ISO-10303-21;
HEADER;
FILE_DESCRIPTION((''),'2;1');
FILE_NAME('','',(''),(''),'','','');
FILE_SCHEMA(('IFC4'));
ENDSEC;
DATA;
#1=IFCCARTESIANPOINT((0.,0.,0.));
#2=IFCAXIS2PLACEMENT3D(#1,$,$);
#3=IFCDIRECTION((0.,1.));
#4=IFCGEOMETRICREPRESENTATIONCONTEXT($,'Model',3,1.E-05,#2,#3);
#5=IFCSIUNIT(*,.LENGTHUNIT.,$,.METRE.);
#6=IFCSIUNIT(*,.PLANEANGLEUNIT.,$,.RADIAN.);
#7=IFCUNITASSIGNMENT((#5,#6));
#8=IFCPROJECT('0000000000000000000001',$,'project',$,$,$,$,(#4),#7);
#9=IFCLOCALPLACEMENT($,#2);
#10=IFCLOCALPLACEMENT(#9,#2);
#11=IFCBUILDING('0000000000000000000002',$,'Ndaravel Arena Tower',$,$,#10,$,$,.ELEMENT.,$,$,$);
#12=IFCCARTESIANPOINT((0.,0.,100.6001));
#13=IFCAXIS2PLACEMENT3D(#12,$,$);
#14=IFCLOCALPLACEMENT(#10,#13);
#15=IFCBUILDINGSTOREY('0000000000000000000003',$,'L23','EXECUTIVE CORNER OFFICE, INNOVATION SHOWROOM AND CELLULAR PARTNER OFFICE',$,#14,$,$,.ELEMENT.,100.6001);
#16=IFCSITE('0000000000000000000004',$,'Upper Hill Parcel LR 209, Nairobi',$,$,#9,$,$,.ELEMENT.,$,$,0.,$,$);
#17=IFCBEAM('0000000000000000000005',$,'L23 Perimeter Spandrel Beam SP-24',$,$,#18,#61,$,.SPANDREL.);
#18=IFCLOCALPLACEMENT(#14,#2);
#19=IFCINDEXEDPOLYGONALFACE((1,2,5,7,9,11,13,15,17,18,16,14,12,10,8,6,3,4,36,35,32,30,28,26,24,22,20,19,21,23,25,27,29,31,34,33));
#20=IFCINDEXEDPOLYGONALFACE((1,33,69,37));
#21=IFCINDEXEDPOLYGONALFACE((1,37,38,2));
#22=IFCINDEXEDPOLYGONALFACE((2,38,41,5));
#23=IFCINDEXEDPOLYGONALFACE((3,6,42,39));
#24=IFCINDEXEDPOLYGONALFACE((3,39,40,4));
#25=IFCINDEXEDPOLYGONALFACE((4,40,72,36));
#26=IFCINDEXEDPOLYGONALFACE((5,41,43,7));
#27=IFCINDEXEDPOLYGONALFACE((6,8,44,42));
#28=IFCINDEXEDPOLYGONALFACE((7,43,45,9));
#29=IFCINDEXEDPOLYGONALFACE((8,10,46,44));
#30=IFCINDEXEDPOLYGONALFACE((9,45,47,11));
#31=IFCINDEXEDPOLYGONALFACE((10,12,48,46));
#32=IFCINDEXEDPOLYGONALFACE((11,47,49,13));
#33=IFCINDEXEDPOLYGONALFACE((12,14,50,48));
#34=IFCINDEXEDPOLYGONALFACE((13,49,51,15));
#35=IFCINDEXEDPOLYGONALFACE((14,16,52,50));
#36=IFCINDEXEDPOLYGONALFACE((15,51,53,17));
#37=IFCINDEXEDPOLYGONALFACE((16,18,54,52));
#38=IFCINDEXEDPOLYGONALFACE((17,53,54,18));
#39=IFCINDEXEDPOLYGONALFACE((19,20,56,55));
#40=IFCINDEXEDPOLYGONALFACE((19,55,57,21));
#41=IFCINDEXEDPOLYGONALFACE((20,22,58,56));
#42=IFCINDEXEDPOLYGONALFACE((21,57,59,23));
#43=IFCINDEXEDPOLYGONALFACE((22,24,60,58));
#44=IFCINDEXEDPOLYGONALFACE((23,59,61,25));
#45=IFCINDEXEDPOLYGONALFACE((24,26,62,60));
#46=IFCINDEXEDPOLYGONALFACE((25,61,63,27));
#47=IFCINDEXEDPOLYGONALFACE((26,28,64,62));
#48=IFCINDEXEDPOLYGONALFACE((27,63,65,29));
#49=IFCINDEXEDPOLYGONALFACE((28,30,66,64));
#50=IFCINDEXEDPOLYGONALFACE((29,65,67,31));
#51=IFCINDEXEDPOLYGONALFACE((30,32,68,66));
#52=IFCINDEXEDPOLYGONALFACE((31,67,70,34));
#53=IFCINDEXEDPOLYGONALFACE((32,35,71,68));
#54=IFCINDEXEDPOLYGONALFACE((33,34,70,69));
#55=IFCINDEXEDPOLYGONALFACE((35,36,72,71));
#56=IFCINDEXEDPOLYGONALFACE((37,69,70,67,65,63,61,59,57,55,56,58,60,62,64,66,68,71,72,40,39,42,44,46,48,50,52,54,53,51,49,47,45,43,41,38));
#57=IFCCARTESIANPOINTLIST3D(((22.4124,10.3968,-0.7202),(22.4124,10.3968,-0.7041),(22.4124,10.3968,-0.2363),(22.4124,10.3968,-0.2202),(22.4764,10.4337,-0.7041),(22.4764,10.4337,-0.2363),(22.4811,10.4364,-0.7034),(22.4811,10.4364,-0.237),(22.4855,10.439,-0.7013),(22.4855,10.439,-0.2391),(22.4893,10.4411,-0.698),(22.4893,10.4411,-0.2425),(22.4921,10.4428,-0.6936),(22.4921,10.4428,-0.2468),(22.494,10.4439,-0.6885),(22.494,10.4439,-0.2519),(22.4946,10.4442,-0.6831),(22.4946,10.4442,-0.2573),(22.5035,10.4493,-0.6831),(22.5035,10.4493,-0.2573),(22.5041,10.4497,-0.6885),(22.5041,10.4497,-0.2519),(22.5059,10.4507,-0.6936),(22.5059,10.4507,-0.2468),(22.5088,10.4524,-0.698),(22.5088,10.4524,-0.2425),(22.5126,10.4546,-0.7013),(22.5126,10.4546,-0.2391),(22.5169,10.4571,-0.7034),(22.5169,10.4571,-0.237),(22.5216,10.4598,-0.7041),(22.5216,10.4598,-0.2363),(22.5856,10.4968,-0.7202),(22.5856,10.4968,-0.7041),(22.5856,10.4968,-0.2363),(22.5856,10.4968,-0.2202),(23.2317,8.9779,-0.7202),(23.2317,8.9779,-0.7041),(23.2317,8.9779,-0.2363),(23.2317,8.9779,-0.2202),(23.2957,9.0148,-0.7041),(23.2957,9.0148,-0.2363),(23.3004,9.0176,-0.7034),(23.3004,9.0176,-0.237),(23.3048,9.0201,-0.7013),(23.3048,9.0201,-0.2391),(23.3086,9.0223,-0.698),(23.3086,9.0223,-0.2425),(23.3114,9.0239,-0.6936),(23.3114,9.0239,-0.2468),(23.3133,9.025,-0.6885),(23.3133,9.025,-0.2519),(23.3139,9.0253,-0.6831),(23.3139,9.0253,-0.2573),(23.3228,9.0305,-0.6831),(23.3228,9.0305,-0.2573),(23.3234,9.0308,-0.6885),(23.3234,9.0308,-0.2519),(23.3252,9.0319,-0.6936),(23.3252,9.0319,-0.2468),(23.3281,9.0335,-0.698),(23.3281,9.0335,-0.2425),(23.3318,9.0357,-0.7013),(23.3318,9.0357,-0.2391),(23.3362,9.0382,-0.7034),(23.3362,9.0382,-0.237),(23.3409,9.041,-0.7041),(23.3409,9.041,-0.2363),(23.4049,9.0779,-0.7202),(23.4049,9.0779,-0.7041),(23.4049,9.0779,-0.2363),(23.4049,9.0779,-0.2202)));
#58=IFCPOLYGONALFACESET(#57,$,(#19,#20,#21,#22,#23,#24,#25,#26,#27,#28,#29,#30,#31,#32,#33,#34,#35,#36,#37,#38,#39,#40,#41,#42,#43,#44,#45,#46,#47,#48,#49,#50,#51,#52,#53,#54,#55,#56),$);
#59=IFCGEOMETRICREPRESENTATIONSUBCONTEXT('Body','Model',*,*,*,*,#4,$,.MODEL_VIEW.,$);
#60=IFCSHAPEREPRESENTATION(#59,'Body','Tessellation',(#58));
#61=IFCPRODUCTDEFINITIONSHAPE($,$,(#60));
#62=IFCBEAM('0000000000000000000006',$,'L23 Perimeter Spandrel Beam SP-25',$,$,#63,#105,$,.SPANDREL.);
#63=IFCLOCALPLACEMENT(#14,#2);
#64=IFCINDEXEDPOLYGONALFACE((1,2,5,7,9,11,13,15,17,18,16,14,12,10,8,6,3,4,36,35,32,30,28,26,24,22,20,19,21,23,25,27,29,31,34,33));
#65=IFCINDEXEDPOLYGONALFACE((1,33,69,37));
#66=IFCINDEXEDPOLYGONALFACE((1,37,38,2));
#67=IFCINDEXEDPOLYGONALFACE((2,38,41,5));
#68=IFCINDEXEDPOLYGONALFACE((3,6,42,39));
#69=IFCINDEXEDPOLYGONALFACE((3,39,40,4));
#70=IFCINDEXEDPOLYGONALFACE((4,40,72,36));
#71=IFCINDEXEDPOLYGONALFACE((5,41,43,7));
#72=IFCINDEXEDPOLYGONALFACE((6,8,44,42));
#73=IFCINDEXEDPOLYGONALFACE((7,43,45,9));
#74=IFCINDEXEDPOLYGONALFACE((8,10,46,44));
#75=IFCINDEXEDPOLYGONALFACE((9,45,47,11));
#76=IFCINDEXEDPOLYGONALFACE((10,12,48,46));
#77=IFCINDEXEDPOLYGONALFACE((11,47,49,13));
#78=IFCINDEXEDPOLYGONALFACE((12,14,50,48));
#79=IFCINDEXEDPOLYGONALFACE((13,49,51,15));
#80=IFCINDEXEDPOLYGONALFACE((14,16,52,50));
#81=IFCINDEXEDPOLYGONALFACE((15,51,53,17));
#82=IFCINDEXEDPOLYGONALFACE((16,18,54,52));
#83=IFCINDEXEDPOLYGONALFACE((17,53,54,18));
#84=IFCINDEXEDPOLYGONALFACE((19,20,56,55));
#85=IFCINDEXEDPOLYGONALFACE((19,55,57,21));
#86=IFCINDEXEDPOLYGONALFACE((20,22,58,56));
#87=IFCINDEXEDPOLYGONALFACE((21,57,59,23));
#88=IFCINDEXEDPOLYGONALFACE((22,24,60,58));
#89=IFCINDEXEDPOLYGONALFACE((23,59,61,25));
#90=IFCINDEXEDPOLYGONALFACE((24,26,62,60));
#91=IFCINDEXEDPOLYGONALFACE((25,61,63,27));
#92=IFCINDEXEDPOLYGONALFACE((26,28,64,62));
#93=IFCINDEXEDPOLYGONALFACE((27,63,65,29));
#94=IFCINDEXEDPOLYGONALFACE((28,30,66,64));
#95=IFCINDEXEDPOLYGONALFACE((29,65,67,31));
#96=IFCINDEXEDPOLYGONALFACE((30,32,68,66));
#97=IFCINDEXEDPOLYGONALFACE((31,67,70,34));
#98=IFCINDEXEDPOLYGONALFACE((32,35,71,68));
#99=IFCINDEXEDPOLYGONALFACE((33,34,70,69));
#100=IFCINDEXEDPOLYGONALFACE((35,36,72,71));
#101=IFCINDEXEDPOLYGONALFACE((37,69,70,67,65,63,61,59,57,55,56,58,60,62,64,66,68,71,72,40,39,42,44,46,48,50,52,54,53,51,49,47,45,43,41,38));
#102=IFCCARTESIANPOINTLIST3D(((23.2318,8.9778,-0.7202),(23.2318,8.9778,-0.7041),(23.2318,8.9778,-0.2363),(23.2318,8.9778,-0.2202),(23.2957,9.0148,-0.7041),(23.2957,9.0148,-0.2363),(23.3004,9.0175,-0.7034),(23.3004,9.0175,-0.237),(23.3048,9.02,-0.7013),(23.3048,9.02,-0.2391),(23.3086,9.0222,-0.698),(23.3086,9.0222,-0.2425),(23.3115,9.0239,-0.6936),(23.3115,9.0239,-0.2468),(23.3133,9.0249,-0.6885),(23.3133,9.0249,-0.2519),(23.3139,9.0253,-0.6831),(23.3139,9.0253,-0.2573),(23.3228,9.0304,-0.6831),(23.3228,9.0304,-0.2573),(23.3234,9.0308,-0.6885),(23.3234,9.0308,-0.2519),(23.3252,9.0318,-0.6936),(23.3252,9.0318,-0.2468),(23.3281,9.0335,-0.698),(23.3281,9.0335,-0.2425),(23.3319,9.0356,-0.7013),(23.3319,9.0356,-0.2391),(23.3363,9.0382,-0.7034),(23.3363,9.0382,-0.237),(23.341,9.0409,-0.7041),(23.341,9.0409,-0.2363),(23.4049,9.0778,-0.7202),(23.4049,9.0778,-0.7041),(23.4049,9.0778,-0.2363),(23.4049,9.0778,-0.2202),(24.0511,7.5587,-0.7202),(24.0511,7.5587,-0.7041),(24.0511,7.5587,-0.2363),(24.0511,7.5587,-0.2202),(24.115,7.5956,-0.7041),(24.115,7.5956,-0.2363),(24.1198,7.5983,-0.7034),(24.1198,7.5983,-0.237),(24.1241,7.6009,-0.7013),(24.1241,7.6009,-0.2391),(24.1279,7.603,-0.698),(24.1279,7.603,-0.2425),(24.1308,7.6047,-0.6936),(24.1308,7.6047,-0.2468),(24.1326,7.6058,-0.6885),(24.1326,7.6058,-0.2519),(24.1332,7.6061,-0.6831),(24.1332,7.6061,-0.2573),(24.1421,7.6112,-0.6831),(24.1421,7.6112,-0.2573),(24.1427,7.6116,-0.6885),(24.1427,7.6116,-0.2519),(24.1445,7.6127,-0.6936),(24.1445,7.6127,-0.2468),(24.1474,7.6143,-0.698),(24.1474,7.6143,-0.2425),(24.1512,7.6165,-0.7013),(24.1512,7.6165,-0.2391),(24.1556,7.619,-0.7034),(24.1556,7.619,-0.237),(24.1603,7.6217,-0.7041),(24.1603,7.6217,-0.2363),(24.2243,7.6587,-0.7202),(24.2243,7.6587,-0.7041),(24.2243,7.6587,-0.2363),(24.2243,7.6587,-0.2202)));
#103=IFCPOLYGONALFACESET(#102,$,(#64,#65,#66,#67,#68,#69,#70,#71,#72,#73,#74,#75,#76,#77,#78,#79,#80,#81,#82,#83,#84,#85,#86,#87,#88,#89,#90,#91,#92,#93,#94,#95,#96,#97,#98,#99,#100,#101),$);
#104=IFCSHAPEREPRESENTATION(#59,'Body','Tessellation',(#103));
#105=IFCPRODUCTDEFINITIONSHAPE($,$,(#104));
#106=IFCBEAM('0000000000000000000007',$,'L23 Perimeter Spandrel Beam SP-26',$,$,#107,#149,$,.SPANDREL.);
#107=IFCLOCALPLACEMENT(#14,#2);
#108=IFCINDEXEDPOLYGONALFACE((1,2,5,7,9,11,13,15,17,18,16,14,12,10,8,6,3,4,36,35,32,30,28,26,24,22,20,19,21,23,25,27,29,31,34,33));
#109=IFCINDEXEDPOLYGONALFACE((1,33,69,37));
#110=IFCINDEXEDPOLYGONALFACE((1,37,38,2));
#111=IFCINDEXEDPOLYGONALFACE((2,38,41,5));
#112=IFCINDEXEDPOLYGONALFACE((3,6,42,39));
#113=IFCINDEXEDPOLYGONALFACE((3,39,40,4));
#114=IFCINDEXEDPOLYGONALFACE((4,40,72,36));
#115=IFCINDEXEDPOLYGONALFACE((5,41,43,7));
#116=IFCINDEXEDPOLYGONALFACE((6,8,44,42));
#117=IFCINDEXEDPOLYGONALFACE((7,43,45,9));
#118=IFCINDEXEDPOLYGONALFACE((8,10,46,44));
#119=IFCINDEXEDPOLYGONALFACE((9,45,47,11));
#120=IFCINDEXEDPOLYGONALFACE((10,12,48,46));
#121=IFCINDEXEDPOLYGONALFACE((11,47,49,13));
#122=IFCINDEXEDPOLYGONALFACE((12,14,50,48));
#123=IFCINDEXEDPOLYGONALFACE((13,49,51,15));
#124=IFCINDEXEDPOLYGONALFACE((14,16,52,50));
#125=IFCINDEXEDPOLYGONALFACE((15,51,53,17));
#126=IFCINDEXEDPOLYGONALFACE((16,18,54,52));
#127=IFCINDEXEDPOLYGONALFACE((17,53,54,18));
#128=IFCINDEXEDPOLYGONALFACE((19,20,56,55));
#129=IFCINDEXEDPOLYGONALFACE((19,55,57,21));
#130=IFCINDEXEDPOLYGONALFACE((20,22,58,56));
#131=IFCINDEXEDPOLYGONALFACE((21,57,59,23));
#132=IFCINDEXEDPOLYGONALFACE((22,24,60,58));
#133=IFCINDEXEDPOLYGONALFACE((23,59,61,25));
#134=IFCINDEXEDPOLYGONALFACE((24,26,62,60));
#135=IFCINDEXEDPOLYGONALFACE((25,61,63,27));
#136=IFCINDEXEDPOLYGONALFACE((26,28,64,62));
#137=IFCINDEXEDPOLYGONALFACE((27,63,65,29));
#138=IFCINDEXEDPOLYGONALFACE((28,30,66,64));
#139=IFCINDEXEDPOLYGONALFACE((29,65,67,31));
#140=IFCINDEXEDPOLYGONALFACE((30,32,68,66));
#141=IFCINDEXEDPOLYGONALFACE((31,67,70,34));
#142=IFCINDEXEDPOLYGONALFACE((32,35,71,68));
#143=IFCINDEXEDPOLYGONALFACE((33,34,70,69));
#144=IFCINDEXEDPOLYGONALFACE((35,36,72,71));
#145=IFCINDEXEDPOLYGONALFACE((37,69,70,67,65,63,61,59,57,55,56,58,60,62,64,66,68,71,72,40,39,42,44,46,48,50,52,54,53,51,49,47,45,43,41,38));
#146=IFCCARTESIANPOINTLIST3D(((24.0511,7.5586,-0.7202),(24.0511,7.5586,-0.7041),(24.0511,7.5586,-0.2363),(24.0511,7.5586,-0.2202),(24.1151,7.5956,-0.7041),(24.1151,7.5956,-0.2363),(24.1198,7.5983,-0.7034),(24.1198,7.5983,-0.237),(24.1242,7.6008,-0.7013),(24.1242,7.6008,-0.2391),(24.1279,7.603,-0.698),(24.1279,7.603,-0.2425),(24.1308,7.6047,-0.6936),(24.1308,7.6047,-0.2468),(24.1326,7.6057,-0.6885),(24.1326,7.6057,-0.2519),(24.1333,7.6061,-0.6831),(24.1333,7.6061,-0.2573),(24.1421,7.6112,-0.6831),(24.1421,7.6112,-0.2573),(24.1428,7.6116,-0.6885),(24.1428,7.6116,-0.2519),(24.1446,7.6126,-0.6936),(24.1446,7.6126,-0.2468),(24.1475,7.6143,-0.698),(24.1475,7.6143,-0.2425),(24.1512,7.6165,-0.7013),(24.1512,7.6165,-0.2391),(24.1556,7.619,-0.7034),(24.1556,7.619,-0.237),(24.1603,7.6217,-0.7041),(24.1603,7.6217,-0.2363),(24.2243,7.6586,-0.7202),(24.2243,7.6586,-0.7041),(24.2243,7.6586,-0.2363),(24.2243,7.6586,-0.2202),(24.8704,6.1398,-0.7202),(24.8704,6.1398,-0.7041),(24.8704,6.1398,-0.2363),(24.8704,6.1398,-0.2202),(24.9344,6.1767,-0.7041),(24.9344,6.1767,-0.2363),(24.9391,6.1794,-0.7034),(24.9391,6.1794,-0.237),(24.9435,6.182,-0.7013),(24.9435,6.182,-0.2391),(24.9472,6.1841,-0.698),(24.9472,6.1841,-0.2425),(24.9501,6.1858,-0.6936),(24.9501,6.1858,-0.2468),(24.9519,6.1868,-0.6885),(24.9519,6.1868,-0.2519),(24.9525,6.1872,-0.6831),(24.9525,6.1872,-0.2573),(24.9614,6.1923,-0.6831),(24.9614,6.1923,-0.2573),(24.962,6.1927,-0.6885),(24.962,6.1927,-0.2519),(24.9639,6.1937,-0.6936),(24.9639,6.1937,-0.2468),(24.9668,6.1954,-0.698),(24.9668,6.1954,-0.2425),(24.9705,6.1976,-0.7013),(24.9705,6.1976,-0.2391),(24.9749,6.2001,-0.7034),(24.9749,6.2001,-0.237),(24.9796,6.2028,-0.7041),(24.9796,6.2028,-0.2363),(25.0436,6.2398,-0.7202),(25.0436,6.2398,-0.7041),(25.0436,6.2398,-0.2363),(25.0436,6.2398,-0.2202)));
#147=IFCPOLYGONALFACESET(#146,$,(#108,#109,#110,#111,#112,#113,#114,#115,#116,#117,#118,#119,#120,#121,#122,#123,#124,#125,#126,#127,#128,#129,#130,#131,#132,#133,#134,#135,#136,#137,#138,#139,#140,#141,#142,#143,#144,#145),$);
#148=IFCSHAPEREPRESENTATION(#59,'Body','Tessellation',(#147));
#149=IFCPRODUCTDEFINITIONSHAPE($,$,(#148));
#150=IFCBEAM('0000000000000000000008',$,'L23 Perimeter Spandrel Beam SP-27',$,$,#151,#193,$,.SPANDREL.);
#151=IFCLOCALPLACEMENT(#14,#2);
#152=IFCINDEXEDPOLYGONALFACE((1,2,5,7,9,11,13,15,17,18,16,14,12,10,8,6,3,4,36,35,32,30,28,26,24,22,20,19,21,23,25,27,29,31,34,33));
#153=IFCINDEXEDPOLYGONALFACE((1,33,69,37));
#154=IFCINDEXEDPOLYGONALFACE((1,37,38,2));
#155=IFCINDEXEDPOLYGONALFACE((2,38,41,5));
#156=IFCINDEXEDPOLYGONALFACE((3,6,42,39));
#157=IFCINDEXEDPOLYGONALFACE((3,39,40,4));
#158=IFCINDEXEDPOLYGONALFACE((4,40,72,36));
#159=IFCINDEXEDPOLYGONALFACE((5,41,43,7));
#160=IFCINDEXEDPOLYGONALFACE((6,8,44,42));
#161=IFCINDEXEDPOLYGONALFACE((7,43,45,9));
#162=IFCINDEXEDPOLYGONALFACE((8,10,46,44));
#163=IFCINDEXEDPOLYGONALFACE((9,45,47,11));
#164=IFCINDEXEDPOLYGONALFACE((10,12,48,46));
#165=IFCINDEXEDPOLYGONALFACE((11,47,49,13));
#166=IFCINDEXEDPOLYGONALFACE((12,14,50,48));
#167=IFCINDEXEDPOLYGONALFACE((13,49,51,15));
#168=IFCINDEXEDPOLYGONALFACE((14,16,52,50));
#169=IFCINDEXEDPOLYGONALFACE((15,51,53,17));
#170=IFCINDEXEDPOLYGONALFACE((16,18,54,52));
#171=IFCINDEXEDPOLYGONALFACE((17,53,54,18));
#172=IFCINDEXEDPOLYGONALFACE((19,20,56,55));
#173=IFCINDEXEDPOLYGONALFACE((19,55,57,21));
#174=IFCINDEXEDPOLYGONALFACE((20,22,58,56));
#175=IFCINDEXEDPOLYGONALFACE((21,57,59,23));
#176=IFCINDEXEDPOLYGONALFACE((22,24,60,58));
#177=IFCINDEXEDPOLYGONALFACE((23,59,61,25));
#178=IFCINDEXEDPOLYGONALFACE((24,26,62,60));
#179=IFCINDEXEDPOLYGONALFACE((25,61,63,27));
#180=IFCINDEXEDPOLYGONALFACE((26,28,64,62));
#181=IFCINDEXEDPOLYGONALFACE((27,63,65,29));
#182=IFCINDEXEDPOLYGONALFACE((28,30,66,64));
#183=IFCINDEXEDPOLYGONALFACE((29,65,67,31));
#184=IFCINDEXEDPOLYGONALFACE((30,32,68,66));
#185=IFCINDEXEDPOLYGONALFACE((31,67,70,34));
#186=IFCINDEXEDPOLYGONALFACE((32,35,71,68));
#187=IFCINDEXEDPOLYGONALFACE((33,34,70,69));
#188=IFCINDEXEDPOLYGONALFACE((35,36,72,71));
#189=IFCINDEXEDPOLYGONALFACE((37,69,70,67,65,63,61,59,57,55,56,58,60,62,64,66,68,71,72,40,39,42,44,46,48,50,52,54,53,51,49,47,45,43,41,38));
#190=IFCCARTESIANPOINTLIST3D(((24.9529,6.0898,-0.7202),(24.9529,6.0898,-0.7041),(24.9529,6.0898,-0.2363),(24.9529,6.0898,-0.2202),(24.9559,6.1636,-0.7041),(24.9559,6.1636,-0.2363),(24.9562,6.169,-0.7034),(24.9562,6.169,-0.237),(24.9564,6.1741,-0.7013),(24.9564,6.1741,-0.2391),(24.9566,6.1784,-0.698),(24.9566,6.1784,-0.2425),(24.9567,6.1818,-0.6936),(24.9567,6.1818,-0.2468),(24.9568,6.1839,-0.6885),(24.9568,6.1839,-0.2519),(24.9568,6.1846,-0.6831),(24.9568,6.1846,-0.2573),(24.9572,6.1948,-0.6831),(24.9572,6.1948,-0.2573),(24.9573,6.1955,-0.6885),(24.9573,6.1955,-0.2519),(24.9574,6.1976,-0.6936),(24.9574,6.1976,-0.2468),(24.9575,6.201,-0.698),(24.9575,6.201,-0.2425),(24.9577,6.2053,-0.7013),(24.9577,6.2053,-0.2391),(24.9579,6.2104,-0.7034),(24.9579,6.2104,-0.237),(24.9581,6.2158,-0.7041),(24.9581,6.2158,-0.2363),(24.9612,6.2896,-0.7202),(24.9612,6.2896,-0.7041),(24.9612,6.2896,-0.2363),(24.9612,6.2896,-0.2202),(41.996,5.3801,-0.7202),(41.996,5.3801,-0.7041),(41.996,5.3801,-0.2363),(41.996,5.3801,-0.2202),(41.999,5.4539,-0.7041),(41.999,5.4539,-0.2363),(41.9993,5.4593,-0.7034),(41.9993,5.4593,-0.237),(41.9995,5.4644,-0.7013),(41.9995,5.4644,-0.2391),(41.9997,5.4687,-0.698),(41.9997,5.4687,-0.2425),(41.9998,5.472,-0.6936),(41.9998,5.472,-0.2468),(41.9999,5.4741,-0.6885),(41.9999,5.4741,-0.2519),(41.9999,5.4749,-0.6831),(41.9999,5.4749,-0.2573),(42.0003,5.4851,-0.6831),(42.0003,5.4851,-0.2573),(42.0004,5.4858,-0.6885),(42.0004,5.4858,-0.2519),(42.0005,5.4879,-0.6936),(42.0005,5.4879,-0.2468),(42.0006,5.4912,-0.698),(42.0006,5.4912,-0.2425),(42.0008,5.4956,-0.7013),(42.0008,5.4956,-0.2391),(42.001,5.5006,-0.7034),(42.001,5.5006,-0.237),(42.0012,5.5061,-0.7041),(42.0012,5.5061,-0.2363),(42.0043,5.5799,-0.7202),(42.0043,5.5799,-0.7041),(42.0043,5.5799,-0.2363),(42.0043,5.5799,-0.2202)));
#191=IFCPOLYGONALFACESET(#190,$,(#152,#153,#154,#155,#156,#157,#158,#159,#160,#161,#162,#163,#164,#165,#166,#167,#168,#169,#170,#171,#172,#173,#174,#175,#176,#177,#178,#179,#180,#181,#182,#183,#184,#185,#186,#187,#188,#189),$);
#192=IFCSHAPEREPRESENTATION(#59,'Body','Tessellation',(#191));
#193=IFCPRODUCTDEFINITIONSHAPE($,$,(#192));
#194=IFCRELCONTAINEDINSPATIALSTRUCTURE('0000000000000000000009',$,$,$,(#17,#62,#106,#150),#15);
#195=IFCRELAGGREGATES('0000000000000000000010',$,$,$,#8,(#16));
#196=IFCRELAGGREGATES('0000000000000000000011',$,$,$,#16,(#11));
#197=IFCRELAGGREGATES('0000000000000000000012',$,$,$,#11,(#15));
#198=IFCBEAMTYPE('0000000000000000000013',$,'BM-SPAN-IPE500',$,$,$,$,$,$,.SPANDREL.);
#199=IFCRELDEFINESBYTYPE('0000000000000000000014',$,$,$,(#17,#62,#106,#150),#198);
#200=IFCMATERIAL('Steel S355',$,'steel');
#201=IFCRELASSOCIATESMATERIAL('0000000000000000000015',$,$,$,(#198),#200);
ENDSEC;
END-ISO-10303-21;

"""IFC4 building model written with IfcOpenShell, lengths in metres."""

from ifc_helpers import new_model, si_unit, direction, frame, origin, origin_2d, place, context, subcontext, project, spatial, i_section, extrude, material, material_profile, profile_set, type_object, element, save


model = new_model("IFC4")

# Units and contexts
model_context = context("Model", 3, precision=1e-05, world=origin(), true_north=direction((0.0, 1.0)))
body_context = subcontext(model_context, "Body", "Model", "MODEL_VIEW")
ifc_project = project(units=[si_unit("LENGTHUNIT", "METRE"), si_unit("PLANEANGLEUNIT", "RADIAN")], contexts=[model_context])

# Site, building, storey
site_placement = place(None, origin())
site = spatial("IfcSite", under=ifc_project, at=site_placement, Name="Upper Hill Parcel LR 209, Nairobi", CompositionType="ELEMENT", RefElevation=0.0)
building_placement = place(site_placement, origin())
building = spatial("IfcBuilding", under=site, at=building_placement, Name="Ndaravel Arena Tower", CompositionType="ELEMENT")
storey_placement = place(building_placement, frame((0.0, 0.0, 100.6001)))
storey = spatial("IfcBuildingStorey", under=building, at=storey_placement, Name="L23", Description="EXECUTIVE CORNER OFFICE, INNOVATION SHOWROOM AND CELLULAR PARTNER OFFICE", CompositionType="ELEMENT", Elevation=100.6001)

# Beams
ifc_material_1 = material(Name="Steel S355", Category="steel")
ifc_material_profile_1 = material_profile(ifc_material_1, i_section(OverallWidth=0.2, OverallDepth=0.5, WebThickness=0.0103, FlangeThickness=0.0161, FilletRadius=0.021, at=origin_2d()), Name="IPE 500")
ifc_profile_set_1 = profile_set([ifc_material_profile_1], Name="Steel S355")
beam_type = type_object("IfcBeamType", Name="BM-SPAN-IPE500", PredefinedType="SPANDREL", material=ifc_profile_set_1)
beam_1_placement = place(storey_placement, frame((22.499, 10.4468, -0.4702), z_axis=(0.500049, -0.865997, 0.0), x_axis=(0.865997, 0.500049, 0.0)))
element("IfcBeam", 1, at=beam_1_placement, inside=storey, type_object=beam_type, Name="L23 Perimeter Spandrel Beam SP-24", PredefinedType="SPANDREL", context=body_context, shape_type="SweptSolid", body=[
    extrude(i_section(OverallWidth=0.2, OverallDepth=0.5, WebThickness=0.0103, FlangeThickness=0.0161, FilletRadius=0.021, at=origin_2d()), origin(), (0.0, 0.0, 1.0), 1.6384),
])
beam_2_placement = place(storey_placement, frame((23.3184, 9.0278, -0.4702), z_axis=(0.499985, -0.866034, 0.0), x_axis=(0.866034, 0.499985, 0.0)))
element("IfcBeam", 2, at=beam_2_placement, inside=storey, type_object=beam_type, Name="L23 Perimeter Spandrel Beam SP-25", PredefinedType="SPANDREL", context=body_context, shape_type="SweptSolid", body=[
    extrude(i_section(OverallWidth=0.2, OverallDepth=0.5, WebThickness=0.0103, FlangeThickness=0.0161, FilletRadius=0.021, at=origin_2d()), origin(), (0.0, 0.0, 1.0), 1.6387),
])
beam_3_placement = place(storey_placement, frame((24.1377, 7.6086, -0.4702), z_axis=(0.500049, -0.865997, 0.0), x_axis=(0.865997, 0.500049, 0.0)))
element("IfcBeam", 3, at=beam_3_placement, inside=storey, type_object=beam_type, Name="L23 Perimeter Spandrel Beam SP-26", PredefinedType="SPANDREL", context=body_context, shape_type="SweptSolid", body=[
    extrude(i_section(OverallWidth=0.2, OverallDepth=0.5, WebThickness=0.0103, FlangeThickness=0.0161, FilletRadius=0.021, at=origin_2d()), origin(), (0.0, 0.0, 1.0), 1.6384),
])
beam_4_placement = place(storey_placement, frame((24.957, 6.1897, -0.4702), z_axis=(0.999134, -0.041607, 0.0), x_axis=(0.041607, 0.999134, 0.0)))
element("IfcBeam", 4, at=beam_4_placement, inside=storey, type_object=beam_type, Name="L23 Perimeter Spandrel Beam SP-27", PredefinedType="SPANDREL", context=body_context, shape_type="SweptSolid", body=[
    extrude(i_section(OverallWidth=0.2, OverallDepth=0.5, WebThickness=0.0103, FlangeThickness=0.0161, FilletRadius=0.021, at=origin_2d()), origin(), (0.0, 0.0, 1.0), 17.0579),
])

save(model, "model.ifc")
